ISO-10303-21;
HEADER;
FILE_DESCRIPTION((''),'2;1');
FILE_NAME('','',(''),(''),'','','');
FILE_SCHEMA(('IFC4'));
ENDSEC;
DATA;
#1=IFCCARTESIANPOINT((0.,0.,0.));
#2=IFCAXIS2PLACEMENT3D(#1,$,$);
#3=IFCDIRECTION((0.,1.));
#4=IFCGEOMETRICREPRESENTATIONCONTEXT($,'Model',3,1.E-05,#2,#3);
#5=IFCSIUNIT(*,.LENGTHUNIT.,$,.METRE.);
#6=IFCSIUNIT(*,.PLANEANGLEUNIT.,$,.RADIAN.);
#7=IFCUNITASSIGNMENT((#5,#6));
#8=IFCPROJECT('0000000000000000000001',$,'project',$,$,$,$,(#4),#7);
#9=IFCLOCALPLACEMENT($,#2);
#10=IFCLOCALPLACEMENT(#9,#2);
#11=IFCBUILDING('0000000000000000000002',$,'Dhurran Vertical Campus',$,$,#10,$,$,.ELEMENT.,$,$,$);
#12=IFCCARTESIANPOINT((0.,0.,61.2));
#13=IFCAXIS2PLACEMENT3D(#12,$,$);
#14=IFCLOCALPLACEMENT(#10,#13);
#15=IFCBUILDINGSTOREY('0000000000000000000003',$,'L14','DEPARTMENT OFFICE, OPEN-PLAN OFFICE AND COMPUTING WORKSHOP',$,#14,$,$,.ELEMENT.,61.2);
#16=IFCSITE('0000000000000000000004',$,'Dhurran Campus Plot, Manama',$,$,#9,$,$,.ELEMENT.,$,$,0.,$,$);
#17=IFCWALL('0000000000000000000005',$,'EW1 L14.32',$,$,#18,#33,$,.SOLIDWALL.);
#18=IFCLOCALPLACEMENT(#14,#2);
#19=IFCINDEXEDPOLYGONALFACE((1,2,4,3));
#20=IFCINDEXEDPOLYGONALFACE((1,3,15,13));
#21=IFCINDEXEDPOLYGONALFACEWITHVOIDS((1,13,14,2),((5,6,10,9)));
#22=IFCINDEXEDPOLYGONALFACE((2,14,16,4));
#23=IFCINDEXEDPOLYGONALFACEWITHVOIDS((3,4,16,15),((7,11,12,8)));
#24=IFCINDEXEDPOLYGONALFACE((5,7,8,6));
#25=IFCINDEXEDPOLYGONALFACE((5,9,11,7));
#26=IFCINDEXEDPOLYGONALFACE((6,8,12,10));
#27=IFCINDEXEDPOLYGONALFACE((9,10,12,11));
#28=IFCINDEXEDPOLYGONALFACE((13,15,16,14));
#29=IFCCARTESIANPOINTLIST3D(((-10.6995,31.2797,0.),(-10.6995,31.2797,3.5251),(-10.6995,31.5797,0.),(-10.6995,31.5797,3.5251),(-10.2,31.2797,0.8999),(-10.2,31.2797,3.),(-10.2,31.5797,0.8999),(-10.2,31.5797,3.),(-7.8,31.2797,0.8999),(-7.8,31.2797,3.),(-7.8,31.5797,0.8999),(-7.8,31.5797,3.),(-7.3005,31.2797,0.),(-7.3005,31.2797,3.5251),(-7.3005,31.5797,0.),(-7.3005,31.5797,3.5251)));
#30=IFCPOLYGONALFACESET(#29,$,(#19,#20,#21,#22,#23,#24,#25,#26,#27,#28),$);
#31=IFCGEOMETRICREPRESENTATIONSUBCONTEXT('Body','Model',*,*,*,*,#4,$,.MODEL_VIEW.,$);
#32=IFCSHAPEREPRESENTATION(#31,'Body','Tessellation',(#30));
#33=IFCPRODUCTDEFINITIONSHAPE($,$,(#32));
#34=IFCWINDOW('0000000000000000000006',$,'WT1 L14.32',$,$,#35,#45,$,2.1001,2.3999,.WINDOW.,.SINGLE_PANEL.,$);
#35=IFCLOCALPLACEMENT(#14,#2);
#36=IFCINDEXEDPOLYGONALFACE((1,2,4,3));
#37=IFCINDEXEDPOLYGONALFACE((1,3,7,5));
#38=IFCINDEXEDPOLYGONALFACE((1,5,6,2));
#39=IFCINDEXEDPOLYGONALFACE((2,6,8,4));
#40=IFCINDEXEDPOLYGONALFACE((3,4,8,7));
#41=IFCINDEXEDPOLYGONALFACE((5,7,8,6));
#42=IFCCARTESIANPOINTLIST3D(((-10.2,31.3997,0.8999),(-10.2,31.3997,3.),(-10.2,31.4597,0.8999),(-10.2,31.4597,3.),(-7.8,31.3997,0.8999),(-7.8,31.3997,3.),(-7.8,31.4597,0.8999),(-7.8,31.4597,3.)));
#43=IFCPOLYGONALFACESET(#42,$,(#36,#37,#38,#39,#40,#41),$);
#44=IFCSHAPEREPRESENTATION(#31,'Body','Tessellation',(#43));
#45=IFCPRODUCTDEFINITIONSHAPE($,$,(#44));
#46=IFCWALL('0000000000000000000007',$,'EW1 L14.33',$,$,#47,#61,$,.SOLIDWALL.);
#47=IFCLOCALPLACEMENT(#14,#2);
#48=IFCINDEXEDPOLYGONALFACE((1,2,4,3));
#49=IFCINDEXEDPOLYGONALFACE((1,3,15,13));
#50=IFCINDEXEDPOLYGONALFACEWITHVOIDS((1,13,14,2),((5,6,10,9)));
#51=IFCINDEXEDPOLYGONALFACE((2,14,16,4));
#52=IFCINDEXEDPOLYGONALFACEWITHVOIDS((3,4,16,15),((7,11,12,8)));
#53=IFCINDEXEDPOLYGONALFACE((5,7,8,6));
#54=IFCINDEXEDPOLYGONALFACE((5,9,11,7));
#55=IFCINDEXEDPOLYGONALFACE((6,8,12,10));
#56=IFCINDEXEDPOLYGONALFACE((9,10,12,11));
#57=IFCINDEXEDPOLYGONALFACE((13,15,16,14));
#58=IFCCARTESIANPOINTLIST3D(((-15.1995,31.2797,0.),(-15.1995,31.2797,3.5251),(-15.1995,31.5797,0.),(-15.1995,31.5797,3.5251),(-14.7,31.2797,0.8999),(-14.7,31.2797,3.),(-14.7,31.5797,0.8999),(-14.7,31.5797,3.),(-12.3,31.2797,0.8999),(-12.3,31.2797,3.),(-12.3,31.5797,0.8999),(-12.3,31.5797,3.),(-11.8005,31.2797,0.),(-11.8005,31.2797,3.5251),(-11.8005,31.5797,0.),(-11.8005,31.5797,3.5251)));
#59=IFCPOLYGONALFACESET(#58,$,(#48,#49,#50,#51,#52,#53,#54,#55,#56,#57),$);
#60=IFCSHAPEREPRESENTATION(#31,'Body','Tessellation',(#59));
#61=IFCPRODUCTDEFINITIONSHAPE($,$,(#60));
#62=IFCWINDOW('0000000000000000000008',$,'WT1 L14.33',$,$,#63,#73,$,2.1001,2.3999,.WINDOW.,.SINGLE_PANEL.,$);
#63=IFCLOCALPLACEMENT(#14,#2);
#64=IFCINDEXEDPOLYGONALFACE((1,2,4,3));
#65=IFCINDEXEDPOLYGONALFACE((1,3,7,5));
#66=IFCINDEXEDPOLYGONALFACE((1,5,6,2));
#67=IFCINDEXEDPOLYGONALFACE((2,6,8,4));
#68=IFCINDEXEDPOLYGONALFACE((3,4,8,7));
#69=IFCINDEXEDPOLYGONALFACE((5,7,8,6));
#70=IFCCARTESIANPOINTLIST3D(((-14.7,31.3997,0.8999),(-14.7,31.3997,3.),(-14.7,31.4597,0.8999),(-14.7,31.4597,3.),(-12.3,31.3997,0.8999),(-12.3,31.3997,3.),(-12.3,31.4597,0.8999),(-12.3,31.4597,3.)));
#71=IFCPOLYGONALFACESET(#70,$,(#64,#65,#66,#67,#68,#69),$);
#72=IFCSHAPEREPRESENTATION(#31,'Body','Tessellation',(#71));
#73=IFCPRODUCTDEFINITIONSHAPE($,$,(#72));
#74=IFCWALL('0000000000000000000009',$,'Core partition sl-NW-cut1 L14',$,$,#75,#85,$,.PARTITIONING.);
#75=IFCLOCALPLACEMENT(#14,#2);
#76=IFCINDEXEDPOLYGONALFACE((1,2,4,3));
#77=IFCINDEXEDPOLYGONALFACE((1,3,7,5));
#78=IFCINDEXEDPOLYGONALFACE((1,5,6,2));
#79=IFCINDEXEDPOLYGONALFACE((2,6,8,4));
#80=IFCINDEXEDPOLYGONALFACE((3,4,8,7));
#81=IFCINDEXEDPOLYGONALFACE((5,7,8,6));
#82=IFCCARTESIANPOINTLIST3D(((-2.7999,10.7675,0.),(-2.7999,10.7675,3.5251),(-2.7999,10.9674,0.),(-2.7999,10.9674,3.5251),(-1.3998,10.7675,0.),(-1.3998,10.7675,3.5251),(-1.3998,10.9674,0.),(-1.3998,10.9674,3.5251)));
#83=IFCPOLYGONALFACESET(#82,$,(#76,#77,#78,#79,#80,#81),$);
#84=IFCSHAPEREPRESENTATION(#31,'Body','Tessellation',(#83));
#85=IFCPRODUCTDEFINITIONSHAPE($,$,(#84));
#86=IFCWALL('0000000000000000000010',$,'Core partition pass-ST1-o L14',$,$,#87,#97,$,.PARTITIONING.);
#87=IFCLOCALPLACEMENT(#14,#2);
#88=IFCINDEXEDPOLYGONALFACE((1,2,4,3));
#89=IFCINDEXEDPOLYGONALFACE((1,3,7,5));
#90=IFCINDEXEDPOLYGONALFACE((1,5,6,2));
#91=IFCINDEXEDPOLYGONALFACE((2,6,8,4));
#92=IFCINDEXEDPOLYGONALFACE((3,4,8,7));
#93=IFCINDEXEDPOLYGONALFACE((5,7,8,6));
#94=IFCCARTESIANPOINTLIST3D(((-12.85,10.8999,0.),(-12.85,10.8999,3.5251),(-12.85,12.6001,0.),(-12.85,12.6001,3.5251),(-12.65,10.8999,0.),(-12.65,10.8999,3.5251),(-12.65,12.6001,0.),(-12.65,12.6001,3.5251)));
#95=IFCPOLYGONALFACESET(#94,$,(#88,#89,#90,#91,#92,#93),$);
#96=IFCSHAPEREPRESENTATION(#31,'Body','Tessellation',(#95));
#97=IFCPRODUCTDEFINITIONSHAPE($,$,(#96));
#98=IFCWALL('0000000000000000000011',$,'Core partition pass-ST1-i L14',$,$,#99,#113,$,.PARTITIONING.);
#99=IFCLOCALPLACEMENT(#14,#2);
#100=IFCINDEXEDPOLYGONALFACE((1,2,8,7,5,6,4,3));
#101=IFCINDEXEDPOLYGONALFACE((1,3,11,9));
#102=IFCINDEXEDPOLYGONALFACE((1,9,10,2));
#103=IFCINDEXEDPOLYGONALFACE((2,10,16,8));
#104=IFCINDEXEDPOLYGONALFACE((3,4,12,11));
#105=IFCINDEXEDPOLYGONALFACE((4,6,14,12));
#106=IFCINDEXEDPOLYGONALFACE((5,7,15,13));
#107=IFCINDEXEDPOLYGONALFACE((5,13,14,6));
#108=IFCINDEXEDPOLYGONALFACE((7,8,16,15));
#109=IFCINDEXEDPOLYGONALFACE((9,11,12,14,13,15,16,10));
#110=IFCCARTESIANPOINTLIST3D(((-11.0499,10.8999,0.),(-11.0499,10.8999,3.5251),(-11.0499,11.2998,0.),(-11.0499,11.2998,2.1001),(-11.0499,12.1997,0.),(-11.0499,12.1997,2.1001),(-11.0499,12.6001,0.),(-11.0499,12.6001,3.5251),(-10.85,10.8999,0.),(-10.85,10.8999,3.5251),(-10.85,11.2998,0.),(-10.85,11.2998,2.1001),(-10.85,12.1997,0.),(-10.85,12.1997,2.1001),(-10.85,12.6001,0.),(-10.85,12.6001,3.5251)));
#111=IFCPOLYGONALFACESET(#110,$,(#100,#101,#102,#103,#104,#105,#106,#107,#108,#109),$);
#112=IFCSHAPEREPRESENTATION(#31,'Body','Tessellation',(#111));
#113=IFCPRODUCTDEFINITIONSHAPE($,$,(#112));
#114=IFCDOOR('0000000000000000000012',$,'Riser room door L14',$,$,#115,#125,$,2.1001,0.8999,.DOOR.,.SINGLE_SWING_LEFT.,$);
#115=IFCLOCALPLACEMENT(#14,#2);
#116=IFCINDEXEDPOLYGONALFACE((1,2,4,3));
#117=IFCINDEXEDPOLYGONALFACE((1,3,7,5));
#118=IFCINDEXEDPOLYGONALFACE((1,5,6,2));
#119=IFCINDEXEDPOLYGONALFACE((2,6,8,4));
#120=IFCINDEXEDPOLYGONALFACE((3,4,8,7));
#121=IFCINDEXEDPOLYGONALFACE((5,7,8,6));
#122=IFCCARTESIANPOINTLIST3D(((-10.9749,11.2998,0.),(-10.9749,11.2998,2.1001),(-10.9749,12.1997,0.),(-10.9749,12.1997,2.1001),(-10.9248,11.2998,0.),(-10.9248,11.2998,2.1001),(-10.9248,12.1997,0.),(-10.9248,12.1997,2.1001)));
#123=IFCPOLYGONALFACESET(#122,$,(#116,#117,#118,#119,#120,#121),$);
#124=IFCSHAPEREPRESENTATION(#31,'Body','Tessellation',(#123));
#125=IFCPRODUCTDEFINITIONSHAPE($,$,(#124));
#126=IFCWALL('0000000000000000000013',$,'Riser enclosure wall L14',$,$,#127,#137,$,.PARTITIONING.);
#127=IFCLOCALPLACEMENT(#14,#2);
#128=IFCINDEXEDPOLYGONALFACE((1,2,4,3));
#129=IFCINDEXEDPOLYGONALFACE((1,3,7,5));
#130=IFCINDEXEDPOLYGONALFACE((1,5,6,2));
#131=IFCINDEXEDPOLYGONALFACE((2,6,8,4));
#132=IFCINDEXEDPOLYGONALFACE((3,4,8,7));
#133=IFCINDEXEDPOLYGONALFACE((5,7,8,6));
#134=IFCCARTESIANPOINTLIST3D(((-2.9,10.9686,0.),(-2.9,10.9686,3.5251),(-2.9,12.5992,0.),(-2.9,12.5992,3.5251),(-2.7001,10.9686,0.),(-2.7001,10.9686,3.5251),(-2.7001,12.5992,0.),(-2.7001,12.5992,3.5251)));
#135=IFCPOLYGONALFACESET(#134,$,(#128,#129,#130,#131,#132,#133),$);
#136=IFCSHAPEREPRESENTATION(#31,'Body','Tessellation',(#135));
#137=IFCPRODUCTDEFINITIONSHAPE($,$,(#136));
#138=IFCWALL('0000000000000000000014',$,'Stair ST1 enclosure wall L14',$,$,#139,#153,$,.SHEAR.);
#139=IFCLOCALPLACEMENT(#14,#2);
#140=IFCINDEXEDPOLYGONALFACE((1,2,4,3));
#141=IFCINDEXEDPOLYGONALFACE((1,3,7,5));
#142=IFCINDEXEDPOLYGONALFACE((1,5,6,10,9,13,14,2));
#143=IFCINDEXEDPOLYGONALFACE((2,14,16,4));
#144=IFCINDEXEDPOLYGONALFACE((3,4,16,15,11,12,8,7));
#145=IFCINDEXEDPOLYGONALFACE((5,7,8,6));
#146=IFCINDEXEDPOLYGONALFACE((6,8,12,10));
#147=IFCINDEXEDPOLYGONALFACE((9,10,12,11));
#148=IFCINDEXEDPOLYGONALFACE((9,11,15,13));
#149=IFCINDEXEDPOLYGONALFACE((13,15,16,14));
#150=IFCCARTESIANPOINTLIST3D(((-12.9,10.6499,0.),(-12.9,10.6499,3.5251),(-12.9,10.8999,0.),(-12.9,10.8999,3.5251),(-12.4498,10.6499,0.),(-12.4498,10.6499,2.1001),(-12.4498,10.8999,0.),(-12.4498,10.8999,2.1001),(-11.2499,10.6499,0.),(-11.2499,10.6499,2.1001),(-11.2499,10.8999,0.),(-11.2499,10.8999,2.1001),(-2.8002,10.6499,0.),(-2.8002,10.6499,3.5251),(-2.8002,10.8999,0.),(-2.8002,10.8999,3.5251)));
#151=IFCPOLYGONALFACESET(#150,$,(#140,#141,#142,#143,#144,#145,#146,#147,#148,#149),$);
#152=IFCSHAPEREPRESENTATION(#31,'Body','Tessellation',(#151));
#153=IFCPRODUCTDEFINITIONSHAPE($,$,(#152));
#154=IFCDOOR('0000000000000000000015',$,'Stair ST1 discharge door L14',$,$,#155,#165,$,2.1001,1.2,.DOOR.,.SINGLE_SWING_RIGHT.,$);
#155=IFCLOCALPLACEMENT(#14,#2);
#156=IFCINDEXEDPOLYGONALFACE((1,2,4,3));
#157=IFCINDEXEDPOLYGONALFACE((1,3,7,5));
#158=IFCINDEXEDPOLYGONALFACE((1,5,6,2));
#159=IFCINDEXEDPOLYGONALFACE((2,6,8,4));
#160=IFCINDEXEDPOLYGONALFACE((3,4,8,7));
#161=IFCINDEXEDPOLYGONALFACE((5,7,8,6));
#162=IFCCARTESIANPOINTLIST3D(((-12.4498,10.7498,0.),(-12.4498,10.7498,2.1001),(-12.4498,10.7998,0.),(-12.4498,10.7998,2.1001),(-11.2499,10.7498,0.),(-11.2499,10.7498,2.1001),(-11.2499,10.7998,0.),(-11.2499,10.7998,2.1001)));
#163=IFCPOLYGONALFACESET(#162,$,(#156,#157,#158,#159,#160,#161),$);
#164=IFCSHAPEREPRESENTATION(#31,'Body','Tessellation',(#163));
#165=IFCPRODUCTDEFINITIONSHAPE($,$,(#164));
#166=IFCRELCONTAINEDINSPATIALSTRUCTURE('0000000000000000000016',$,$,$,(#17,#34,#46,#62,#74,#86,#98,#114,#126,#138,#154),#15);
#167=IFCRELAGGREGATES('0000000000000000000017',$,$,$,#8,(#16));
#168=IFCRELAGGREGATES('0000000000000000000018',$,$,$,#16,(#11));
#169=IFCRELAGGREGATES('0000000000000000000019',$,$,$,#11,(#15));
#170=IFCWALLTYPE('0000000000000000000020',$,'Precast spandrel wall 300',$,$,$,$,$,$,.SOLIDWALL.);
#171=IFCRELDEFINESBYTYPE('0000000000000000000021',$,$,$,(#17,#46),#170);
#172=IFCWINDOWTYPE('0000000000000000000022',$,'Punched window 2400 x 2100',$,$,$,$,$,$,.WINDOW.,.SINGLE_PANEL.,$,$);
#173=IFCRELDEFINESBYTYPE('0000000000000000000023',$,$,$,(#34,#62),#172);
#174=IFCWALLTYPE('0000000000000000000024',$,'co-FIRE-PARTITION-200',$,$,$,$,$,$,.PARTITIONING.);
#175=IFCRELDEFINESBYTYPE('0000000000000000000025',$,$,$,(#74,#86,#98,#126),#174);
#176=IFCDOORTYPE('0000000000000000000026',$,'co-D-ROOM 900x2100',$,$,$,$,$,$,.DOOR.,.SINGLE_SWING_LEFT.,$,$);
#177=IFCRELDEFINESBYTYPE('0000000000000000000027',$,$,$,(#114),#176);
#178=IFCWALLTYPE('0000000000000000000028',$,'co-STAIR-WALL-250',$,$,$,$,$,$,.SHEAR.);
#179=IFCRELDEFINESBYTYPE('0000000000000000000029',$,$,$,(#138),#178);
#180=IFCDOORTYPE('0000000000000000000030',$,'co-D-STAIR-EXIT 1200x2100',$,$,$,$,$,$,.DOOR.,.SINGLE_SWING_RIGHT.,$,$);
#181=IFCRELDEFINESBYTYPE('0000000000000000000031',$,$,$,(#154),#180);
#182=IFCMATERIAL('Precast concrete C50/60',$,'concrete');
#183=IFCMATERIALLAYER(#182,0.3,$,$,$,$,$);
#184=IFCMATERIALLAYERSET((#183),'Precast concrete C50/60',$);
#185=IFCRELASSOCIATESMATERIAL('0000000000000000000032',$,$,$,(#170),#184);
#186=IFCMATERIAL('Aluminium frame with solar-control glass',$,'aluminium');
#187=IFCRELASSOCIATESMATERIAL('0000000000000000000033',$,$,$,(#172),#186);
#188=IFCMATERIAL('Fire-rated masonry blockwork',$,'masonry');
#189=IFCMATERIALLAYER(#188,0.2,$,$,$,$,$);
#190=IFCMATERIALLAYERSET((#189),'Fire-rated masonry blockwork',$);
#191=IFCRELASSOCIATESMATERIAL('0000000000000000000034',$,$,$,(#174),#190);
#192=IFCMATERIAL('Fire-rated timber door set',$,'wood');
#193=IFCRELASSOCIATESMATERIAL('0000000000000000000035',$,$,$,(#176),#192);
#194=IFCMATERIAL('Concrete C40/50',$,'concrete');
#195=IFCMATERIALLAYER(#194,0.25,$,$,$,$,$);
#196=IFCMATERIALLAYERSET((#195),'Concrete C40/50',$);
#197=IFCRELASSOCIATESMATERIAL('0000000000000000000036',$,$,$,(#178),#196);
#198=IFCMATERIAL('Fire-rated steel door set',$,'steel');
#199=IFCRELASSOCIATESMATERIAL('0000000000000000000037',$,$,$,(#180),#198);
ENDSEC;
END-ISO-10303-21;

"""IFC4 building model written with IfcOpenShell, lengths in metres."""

from ifc_helpers import new_model, si_unit, direction, frame, frame_2d, origin, place, context, subcontext, project, spatial, rectangle, extrude, material, layer, layer_set, type_object, element, fill, save


model = new_model("IFC4")

# Units and contexts
model_context = context("Model", 3, precision=1e-05, world=origin(), true_north=direction((0.0, 1.0)))
body_context = subcontext(model_context, "Body", "Model", "MODEL_VIEW")
ifc_project = project(units=[si_unit("LENGTHUNIT", "METRE"), si_unit("PLANEANGLEUNIT", "RADIAN")], contexts=[model_context])

# Site, building, storey
site_placement = place(None, origin())
site = spatial("IfcSite", under=ifc_project, at=site_placement, Name="Dhurran Campus Plot, Manama", CompositionType="ELEMENT", RefElevation=0.0)
building_placement = place(site_placement, origin())
building = spatial("IfcBuilding", under=site, at=building_placement, Name="Dhurran Vertical Campus", CompositionType="ELEMENT")
storey_placement = place(building_placement, frame((0.0, 0.0, 61.2)))
storey = spatial("IfcBuildingStorey", under=building, at=storey_placement, Name="L14", Description="DEPARTMENT OFFICE, OPEN-PLAN OFFICE AND COMPUTING WORKSHOP", CompositionType="ELEMENT", Elevation=61.2)

# Walls, openings, windows
ifc_material_1 = material(Name="Precast concrete C50/60", Category="concrete")
ifc_layer_1 = layer(ifc_material_1, 0.3)
ifc_layer_set_1 = layer_set([ifc_layer_1], Name="Precast concrete C50/60")
wall_type_1 = type_object("IfcWallType", Name="Precast spandrel wall 300", PredefinedType="SOLIDWALL", material=ifc_layer_set_1)
ifc_material_2 = material(Name="Aluminium frame with solar-control glass", Category="aluminium")
window_type = type_object("IfcWindowType", Name="Punched window 2400 x 2100", PartitioningType="SINGLE_PANEL", PredefinedType="WINDOW", material=ifc_material_2)
wall_1_placement = place(storey_placement, frame((-7.3005, 31.4297, 0.0), z_axis=(0.0, 0.0, 1.0), x_axis=(-1.0, 0.0, 0.0)))
wall_1 = element("IfcWall", 1, at=wall_1_placement, inside=storey, type_object=wall_type_1, Name="EW1 L14.32", PredefinedType="SOLIDWALL", context=body_context, shape_type="SweptSolid", body=[
    extrude(rectangle(XDim=3.3989, YDim=0.3, at=frame_2d((1.6995, 0.0))), origin(), (0.0, 0.0, 1.0), 3.5251),
])
opening_1_placement = place(wall_1_placement, frame((0.4995, 0.0, 0.8999)))
opening_1 = element("IfcOpeningElement", 2, at=opening_1_placement, cuts=wall_1, PredefinedType="OPENING", context=body_context, shape_type="SweptSolid", body=[
    extrude(rectangle(XDim=2.3999, YDim=2.1001, at=frame_2d((1.2, 1.05))), frame((0.0, 0.1599, 0.0), z_axis=(0.0, -1.0, 0.0), x_axis=(1.0, 0.0, 0.0)), (0.0, 0.0, 1.0), 0.3201),
])
window_1_placement = place(opening_1_placement, origin())
window_1 = element("IfcWindow", 3, at=window_1_placement, inside=storey, type_object=window_type, Name="WT1 L14.32", OverallHeight=2.1001, OverallWidth=2.3999, PartitioningType="SINGLE_PANEL", PredefinedType="WINDOW", context=body_context, shape_type="SweptSolid", body=[
    extrude(rectangle(XDim=2.3999, YDim=2.1001, at=frame_2d((1.2, 1.05))), frame((0.0, 0.03, 0.0), z_axis=(0.0, -1.0, 0.0), x_axis=(1.0, 0.0, 0.0)), (0.0, 0.0, 1.0), 0.0601),
])
fill(opening_1, window_1)
wall_2_placement = place(storey_placement, frame((-11.8005, 31.4297, 0.0), z_axis=(0.0, 0.0, 1.0), x_axis=(-1.0, 0.0, 0.0)))
wall_2 = element("IfcWall", 4, at=wall_2_placement, inside=storey, type_object=wall_type_1, Name="EW1 L14.33", PredefinedType="SOLIDWALL", context=body_context, shape_type="SweptSolid", body=[
    extrude(rectangle(XDim=3.3989, YDim=0.3, at=frame_2d((1.6995, 0.0))), origin(), (0.0, 0.0, 1.0), 3.5251),
])
opening_2_placement = place(wall_2_placement, frame((0.4995, 0.0, 0.8999)))
opening_2 = element("IfcOpeningElement", 5, at=opening_2_placement, cuts=wall_2, PredefinedType="OPENING", context=body_context, shape_type="SweptSolid", body=[
    extrude(rectangle(XDim=2.3999, YDim=2.1001, at=frame_2d((1.2, 1.05))), frame((0.0, 0.1599, 0.0), z_axis=(0.0, -1.0, 0.0), x_axis=(1.0, 0.0, 0.0)), (0.0, 0.0, 1.0), 0.3201),
])
window_2_placement = place(opening_2_placement, origin())
window_2 = element("IfcWindow", 6, at=window_2_placement, inside=storey, type_object=window_type, Name="WT1 L14.33", OverallHeight=2.1001, OverallWidth=2.3999, PartitioningType="SINGLE_PANEL", PredefinedType="WINDOW", context=body_context, shape_type="SweptSolid", body=[
    extrude(rectangle(XDim=2.3999, YDim=2.1001, at=frame_2d((1.2, 1.05))), frame((0.0, 0.03, 0.0), z_axis=(0.0, -1.0, 0.0), x_axis=(1.0, 0.0, 0.0)), (0.0, 0.0, 1.0), 0.0601),
])
fill(opening_2, window_2)

# Walls
ifc_material_3 = material(Name="Fire-rated masonry blockwork", Category="masonry")
ifc_layer_2 = layer(ifc_material_3, 0.2)
ifc_layer_set_2 = layer_set([ifc_layer_2], Name="Fire-rated masonry blockwork")
wall_type_2 = type_object("IfcWallType", Name="co-FIRE-PARTITION-200", PredefinedType="PARTITIONING", material=ifc_layer_set_2)
wall_3_placement = place(storey_placement, frame((-2.8, 10.8674, 0.0), z_axis=(0.0, 0.0, 1.0), x_axis=(1.0, 0.0, 0.0)))
element("IfcWall", 7, at=wall_3_placement, inside=storey, type_object=wall_type_2, Name="Core partition sl-NW-cut1 L14", PredefinedType="PARTITIONING", context=body_context, shape_type="SweptSolid", body=[
    extrude(rectangle(XDim=1.4001, YDim=0.2, at=frame_2d((0.7002, 0.0))), origin(), (0.0, 0.0, 1.0), 3.5251),
])
wall_4_placement = place(storey_placement, frame((-12.75, 10.8999, 0.0), z_axis=(0.0, 0.0, 1.0), x_axis=(0.0, 1.0, 0.0)))
element("IfcWall", 8, at=wall_4_placement, inside=storey, type_object=wall_type_2, Name="Core partition pass-ST1-o L14", PredefinedType="PARTITIONING", context=body_context, shape_type="SweptSolid", body=[
    extrude(rectangle(XDim=1.7002, YDim=0.2, at=frame_2d((0.8501, 0.0))), origin(), (0.0, 0.0, 1.0), 3.5251),
])

# Wall, opening, door
wall_5_placement = place(storey_placement, frame((-10.95, 10.8999, 0.0), z_axis=(0.0, 0.0, 1.0), x_axis=(0.0, 1.0, 0.0)))
wall_5 = element("IfcWall", 9, at=wall_5_placement, inside=storey, type_object=wall_type_2, Name="Core partition pass-ST1-i L14", PredefinedType="PARTITIONING", context=body_context, shape_type="SweptSolid", body=[
    extrude(rectangle(XDim=1.7002, YDim=0.2, at=frame_2d((0.8501, 0.0))), origin(), (0.0, 0.0, 1.0), 3.5251),
])
opening_3_placement = place(wall_5_placement, frame((0.3999, 0.0, 0.0)))
opening_3 = element("IfcOpeningElement", 10, at=opening_3_placement, cuts=wall_5, PredefinedType="OPENING", context=body_context, shape_type="SweptSolid", body=[
    extrude(rectangle(XDim=0.8999, YDim=2.1001, at=frame_2d((0.45, 1.05))), frame((0.0, 0.1099, 0.0), z_axis=(0.0, -1.0, 0.0), x_axis=(1.0, 0.0, 0.0)), (0.0, 0.0, 1.0), 0.22),
])
ifc_material_4 = material(Name="Fire-rated timber door set", Category="wood")
door_type_1 = type_object("IfcDoorType", Name="co-D-ROOM 900x2100", OperationType="SINGLE_SWING_LEFT", PredefinedType="DOOR", material=ifc_material_4)
door_1_placement = place(opening_3_placement, origin())
door_1 = element("IfcDoor", 11, at=door_1_placement, inside=storey, type_object=door_type_1, Name="Riser room door L14", OperationType="SINGLE_SWING_LEFT", OverallHeight=2.1001, OverallWidth=0.8999, PredefinedType="DOOR", context=body_context, shape_type="SweptSolid", body=[
    extrude(rectangle(XDim=0.8999, YDim=2.1001, at=frame_2d((0.45, 1.05))), frame((0.0, 0.0249, 0.0), z_axis=(0.0, -1.0, 0.0), x_axis=(1.0, 0.0, 0.0)), (0.0, 0.0, 1.0), 0.05),
])
fill(opening_3, door_1)

# Wall
wall_6_placement = place(storey_placement, frame((-2.8, 10.9685, 0.0), z_axis=(0.0, 0.0, 1.0), x_axis=(0.0, 1.0, 0.0)))
element("IfcWall", 12, at=wall_6_placement, inside=storey, type_object=wall_type_2, Name="Riser enclosure wall L14", PredefinedType="PARTITIONING", context=body_context, shape_type="SweptSolid", body=[
    extrude(rectangle(XDim=1.6306, YDim=0.2, at=frame_2d((0.8154, 0.0))), origin(), (0.0, 0.0, 1.0), 3.5251),
])

# Wall, opening, door
ifc_material_5 = material(Name="Concrete C40/50", Category="concrete")
ifc_layer_3 = layer(ifc_material_5, 0.25)
ifc_layer_set_3 = layer_set([ifc_layer_3], Name="Concrete C40/50")
wall_type_3 = type_object("IfcWallType", Name="co-STAIR-WALL-250", PredefinedType="SHEAR", material=ifc_layer_set_3)
wall_7_placement = place(storey_placement, frame((-12.8999, 10.7749, 0.0), z_axis=(0.0, 0.0, 1.0), x_axis=(1.0, 0.0, 0.0)))
wall_7 = element("IfcWall", 13, at=wall_7_placement, inside=storey, type_object=wall_type_3, Name="Stair ST1 enclosure wall L14", PredefinedType="SHEAR", context=body_context, shape_type="SweptSolid", body=[
    extrude(rectangle(XDim=10.0999, YDim=0.25, at=frame_2d((5.0498, 0.0))), origin(), (0.0, 0.0, 1.0), 3.5251),
])
opening_4_placement = place(wall_7_placement, frame((0.45, 0.0, 0.0)))
opening_4 = element("IfcOpeningElement", 14, at=opening_4_placement, cuts=wall_7, PredefinedType="OPENING", context=body_context, shape_type="SweptSolid", body=[
    extrude(rectangle(XDim=1.2, YDim=2.1001, at=frame_2d((0.6001, 1.05))), frame((0.0, 0.135, 0.0), z_axis=(0.0, -1.0, 0.0), x_axis=(1.0, 0.0, 0.0)), (0.0, 0.0, 1.0), 0.27),
])
ifc_material_6 = material(Name="Fire-rated steel door set", Category="steel")
door_type_2 = type_object("IfcDoorType", Name="co-D-STAIR-EXIT 1200x2100", OperationType="SINGLE_SWING_RIGHT", PredefinedType="DOOR", material=ifc_material_6)
door_2_placement = place(opening_4_placement, origin())
door_2 = element("IfcDoor", 15, at=door_2_placement, inside=storey, type_object=door_type_2, Name="Stair ST1 discharge door L14", OperationType="SINGLE_SWING_RIGHT", OverallHeight=2.1001, OverallWidth=1.2, PredefinedType="DOOR", context=body_context, shape_type="SweptSolid", body=[
    extrude(rectangle(XDim=1.2, YDim=2.1001, at=frame_2d((0.6001, 1.05))), frame((0.0, 0.0249, 0.0), z_axis=(0.0, -1.0, 0.0), x_axis=(1.0, 0.0, 0.0)), (0.0, 0.0, 1.0), 0.05),
])
fill(opening_4, door_2)

save(model, "model.ifc")
